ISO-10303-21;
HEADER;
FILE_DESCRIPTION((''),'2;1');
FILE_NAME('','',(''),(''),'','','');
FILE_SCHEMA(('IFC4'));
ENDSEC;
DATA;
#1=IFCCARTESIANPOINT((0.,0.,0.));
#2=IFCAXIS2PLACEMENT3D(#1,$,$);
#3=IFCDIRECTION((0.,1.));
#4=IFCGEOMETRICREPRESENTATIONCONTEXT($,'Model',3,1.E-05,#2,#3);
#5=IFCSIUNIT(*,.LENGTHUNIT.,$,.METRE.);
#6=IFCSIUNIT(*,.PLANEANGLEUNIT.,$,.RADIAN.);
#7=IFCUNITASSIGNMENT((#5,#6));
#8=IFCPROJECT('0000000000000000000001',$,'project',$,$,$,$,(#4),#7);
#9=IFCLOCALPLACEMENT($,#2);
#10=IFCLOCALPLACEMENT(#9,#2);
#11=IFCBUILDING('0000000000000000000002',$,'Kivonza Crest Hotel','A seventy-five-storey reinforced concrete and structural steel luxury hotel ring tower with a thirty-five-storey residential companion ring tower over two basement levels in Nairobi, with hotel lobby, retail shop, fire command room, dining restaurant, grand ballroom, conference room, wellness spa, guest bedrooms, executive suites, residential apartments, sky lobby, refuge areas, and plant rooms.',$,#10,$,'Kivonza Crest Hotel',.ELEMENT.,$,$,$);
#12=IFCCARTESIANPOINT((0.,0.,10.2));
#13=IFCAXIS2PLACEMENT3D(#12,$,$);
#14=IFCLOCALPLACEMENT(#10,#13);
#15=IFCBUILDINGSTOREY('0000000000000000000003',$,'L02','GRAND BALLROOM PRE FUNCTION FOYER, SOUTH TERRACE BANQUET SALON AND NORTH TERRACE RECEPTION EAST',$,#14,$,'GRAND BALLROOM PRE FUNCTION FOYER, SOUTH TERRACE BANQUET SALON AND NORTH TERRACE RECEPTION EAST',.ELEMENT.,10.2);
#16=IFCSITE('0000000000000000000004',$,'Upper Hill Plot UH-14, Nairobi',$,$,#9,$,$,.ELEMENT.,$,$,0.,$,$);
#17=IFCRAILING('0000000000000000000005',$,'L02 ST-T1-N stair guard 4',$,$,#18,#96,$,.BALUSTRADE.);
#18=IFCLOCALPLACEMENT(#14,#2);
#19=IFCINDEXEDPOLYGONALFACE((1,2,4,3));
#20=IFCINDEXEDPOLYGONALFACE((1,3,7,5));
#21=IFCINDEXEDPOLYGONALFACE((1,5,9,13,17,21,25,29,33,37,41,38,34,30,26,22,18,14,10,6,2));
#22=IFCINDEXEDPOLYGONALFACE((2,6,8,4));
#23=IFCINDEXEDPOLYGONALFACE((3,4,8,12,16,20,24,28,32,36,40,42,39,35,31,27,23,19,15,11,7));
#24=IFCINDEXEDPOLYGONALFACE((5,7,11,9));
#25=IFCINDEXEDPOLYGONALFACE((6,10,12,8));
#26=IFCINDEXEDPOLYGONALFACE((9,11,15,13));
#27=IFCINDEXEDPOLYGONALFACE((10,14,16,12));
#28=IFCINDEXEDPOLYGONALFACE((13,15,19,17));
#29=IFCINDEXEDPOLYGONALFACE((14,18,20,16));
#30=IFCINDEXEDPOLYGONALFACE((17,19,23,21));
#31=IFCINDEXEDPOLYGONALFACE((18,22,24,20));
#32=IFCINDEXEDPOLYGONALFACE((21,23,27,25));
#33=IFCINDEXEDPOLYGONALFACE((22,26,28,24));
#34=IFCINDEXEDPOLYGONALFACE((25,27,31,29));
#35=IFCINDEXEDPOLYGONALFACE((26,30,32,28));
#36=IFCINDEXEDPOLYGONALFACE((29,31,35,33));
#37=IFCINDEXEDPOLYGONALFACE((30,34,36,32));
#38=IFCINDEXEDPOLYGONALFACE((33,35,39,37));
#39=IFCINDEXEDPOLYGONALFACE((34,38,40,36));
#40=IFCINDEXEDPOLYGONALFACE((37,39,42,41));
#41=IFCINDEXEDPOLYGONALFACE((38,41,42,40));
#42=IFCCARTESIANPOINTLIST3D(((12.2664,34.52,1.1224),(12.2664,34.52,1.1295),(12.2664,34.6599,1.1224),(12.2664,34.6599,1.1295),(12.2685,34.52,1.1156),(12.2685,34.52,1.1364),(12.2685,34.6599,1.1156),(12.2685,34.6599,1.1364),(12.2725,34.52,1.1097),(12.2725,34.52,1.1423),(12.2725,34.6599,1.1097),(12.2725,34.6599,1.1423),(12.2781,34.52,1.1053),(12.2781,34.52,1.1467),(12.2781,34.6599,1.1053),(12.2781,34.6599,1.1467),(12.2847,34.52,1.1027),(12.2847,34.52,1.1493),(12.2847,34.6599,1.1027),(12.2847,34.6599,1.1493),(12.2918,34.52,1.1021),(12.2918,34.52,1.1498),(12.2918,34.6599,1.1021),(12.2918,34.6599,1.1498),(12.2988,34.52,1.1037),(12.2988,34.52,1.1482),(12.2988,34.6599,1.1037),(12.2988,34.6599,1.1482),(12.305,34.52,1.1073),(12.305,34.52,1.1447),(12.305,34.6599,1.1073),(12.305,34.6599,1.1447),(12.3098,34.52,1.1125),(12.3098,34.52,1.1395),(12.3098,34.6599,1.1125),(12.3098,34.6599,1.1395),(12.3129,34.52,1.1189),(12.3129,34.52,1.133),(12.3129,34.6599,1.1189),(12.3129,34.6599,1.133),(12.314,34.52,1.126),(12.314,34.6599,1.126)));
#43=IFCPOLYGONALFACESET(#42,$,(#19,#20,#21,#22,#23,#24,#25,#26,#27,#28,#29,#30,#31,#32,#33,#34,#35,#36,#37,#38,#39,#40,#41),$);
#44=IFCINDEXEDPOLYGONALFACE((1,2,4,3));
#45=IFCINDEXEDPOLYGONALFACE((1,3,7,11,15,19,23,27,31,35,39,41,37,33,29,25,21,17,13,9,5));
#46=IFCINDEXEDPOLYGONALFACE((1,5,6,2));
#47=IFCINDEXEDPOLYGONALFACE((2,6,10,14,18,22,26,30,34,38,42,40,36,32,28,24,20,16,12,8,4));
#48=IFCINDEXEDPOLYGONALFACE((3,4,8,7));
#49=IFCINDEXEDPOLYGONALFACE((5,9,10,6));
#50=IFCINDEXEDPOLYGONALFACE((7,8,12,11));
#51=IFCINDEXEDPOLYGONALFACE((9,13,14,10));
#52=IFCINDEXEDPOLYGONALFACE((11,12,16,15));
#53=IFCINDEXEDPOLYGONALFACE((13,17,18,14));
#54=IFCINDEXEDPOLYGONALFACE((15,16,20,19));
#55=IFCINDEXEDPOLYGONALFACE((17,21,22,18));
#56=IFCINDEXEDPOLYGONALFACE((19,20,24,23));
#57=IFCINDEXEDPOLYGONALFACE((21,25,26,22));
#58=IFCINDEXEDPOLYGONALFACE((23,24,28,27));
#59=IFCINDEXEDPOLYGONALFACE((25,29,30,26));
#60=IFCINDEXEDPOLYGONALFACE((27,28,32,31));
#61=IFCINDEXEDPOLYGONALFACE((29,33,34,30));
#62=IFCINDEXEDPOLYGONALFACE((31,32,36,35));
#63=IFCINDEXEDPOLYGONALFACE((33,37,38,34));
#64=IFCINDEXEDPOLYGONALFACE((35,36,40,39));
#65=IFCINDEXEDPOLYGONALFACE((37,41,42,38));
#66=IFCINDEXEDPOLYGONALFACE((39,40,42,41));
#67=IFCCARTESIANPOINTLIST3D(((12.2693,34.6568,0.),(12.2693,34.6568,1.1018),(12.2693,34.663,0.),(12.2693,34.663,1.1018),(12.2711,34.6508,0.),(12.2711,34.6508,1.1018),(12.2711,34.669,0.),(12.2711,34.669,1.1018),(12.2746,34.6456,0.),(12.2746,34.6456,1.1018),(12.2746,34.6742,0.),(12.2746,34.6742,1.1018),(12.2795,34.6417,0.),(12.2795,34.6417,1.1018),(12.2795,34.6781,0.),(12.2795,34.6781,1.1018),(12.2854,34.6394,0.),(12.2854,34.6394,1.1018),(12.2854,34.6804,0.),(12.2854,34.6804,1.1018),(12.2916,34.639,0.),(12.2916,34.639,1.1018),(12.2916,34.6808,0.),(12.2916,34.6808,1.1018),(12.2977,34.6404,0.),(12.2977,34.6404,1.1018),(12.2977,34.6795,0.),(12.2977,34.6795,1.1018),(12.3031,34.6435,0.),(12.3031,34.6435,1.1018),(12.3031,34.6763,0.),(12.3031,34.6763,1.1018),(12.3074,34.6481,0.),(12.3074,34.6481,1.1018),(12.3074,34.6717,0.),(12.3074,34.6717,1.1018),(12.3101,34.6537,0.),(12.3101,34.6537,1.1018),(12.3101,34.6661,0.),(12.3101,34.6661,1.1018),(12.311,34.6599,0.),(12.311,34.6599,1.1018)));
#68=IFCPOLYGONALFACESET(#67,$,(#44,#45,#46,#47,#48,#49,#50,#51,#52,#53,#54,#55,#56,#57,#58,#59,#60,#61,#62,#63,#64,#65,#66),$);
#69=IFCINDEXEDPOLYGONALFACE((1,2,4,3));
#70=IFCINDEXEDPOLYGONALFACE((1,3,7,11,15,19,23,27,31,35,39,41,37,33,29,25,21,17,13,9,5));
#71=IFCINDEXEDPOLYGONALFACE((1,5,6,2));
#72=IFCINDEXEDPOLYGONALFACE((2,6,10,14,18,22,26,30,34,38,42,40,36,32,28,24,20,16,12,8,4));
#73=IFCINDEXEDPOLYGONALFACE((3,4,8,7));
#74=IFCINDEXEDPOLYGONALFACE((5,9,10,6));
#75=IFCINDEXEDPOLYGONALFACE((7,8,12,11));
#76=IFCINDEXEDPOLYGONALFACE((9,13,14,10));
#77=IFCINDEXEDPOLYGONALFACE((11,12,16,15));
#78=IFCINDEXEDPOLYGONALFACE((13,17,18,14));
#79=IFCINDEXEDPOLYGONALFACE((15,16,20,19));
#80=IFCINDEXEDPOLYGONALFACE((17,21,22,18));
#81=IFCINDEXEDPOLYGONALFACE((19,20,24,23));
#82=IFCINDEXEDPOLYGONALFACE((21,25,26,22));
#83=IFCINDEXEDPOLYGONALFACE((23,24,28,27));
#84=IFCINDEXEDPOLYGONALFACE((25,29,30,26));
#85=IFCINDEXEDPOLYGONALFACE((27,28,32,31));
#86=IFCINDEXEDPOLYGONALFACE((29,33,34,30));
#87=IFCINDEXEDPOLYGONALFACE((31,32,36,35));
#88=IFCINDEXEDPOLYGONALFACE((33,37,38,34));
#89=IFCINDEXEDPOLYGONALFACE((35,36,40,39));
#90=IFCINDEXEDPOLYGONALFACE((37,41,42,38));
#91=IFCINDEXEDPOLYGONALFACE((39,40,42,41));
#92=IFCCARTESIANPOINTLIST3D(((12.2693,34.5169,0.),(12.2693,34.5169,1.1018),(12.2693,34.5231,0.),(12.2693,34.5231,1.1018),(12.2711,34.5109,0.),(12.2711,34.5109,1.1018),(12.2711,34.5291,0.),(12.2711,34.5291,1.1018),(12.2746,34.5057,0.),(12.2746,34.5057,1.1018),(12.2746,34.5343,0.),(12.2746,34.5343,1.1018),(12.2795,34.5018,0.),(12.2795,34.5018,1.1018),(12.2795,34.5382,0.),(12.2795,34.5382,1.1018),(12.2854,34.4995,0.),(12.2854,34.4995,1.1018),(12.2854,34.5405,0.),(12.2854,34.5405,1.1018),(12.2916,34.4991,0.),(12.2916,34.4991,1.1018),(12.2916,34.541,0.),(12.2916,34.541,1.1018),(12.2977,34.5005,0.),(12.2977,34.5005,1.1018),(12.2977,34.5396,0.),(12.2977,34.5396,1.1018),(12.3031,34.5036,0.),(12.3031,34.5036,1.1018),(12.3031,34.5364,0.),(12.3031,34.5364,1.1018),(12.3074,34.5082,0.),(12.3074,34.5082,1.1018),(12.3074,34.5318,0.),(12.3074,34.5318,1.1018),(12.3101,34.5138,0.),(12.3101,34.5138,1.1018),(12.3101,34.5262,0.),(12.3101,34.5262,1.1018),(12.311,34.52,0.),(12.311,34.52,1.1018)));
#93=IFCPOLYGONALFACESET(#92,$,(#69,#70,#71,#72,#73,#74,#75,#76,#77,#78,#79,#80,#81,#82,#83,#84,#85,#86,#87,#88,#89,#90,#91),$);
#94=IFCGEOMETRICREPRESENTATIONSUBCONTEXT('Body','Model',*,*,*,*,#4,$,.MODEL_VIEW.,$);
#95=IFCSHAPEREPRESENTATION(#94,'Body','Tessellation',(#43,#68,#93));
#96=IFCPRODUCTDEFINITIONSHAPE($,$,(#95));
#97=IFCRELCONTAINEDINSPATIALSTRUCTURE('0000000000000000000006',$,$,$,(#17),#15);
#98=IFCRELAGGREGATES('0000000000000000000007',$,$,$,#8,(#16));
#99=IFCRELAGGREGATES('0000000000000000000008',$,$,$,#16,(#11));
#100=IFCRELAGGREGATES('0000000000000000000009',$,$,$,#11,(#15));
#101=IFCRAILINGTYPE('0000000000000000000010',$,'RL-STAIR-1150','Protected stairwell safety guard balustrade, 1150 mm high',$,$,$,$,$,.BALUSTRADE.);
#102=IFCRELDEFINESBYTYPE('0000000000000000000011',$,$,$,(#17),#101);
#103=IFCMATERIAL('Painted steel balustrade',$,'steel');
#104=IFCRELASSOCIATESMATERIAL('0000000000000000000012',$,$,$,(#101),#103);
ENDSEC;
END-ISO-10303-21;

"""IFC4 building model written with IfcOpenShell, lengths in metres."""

from ifc_helpers import new_model, si_unit, direction, frame, origin, origin_2d, place, context, subcontext, project, spatial, circle, extrude, material, type_object, element, save


model = new_model("IFC4")

# Units and contexts
model_context = context("Model", 3, precision=1e-05, world=origin(), true_north=direction((0.0, 1.0)))
body_context = subcontext(model_context, "Body", "Model", "MODEL_VIEW")
ifc_project = project(units=[si_unit("LENGTHUNIT", "METRE"), si_unit("PLANEANGLEUNIT", "RADIAN")], contexts=[model_context])

# Site, building, storey
site_placement = place(None, origin())
site = spatial("IfcSite", under=ifc_project, at=site_placement, Name="Upper Hill Plot UH-14, Nairobi", CompositionType="ELEMENT", RefElevation=0.0)
building_placement = place(site_placement, origin())
building = spatial("IfcBuilding", under=site, at=building_placement, Name="Kivonza Crest Hotel", Description="A seventy-five-storey reinforced concrete and structural steel luxury hotel ring tower with a thirty-five-storey residential companion ring tower over two basement levels in Nairobi, with hotel lobby, retail shop, fire command room, dining restaurant, grand ballroom, conference room, wellness spa, guest bedrooms, executive suites, residential apartments, sky lobby, refuge areas, and plant rooms.", LongName="Kivonza Crest Hotel", CompositionType="ELEMENT")
storey_placement = place(building_placement, frame((0.0, 0.0, 10.2)))
storey = spatial("IfcBuildingStorey", under=building, at=storey_placement, Name="L02", Description="GRAND BALLROOM PRE FUNCTION FOYER, SOUTH TERRACE BANQUET SALON AND NORTH TERRACE RECEPTION EAST", LongName="GRAND BALLROOM PRE FUNCTION FOYER, SOUTH TERRACE BANQUET SALON AND NORTH TERRACE RECEPTION EAST", CompositionType="ELEMENT", Elevation=10.2)

# Railing
ifc_material_1 = material(Name="Painted steel balustrade", Category="steel")
railing_type_1 = type_object("IfcRailingType", Name="RL-STAIR-1150", Description="Protected stairwell safety guard balustrade, 1150 mm high", PredefinedType="BALUSTRADE", material=ifc_material_1)
railing_1_placement = place(storey_placement, frame((12.29, 34.6599, 0.0)))
element("IfcRailing", 1, at=railing_1_placement, inside=storey, type_object=railing_type_1, Name="L02 ST-T1-N stair guard 4", PredefinedType="BALUSTRADE", context=body_context, shape_type="SweptSolid", body=[
    extrude(circle(Radius=0.0239, at=origin_2d()), frame((0.0, 0.0, 1.126), z_axis=(0.0, -1.0, 0.0), x_axis=(1.0, 0.0, 0.0)), (0.0, 0.0, 1.0), 0.1399),
    extrude(circle(Radius=0.021, at=origin_2d()), origin(), (0.0, 0.0, 1.0), 1.1018),
    extrude(circle(Radius=0.021, at=origin_2d()), frame((0.0, -0.1399, 0.0)), (0.0, 0.0, 1.0), 1.1018),
])

save(model, "model.ifc")
